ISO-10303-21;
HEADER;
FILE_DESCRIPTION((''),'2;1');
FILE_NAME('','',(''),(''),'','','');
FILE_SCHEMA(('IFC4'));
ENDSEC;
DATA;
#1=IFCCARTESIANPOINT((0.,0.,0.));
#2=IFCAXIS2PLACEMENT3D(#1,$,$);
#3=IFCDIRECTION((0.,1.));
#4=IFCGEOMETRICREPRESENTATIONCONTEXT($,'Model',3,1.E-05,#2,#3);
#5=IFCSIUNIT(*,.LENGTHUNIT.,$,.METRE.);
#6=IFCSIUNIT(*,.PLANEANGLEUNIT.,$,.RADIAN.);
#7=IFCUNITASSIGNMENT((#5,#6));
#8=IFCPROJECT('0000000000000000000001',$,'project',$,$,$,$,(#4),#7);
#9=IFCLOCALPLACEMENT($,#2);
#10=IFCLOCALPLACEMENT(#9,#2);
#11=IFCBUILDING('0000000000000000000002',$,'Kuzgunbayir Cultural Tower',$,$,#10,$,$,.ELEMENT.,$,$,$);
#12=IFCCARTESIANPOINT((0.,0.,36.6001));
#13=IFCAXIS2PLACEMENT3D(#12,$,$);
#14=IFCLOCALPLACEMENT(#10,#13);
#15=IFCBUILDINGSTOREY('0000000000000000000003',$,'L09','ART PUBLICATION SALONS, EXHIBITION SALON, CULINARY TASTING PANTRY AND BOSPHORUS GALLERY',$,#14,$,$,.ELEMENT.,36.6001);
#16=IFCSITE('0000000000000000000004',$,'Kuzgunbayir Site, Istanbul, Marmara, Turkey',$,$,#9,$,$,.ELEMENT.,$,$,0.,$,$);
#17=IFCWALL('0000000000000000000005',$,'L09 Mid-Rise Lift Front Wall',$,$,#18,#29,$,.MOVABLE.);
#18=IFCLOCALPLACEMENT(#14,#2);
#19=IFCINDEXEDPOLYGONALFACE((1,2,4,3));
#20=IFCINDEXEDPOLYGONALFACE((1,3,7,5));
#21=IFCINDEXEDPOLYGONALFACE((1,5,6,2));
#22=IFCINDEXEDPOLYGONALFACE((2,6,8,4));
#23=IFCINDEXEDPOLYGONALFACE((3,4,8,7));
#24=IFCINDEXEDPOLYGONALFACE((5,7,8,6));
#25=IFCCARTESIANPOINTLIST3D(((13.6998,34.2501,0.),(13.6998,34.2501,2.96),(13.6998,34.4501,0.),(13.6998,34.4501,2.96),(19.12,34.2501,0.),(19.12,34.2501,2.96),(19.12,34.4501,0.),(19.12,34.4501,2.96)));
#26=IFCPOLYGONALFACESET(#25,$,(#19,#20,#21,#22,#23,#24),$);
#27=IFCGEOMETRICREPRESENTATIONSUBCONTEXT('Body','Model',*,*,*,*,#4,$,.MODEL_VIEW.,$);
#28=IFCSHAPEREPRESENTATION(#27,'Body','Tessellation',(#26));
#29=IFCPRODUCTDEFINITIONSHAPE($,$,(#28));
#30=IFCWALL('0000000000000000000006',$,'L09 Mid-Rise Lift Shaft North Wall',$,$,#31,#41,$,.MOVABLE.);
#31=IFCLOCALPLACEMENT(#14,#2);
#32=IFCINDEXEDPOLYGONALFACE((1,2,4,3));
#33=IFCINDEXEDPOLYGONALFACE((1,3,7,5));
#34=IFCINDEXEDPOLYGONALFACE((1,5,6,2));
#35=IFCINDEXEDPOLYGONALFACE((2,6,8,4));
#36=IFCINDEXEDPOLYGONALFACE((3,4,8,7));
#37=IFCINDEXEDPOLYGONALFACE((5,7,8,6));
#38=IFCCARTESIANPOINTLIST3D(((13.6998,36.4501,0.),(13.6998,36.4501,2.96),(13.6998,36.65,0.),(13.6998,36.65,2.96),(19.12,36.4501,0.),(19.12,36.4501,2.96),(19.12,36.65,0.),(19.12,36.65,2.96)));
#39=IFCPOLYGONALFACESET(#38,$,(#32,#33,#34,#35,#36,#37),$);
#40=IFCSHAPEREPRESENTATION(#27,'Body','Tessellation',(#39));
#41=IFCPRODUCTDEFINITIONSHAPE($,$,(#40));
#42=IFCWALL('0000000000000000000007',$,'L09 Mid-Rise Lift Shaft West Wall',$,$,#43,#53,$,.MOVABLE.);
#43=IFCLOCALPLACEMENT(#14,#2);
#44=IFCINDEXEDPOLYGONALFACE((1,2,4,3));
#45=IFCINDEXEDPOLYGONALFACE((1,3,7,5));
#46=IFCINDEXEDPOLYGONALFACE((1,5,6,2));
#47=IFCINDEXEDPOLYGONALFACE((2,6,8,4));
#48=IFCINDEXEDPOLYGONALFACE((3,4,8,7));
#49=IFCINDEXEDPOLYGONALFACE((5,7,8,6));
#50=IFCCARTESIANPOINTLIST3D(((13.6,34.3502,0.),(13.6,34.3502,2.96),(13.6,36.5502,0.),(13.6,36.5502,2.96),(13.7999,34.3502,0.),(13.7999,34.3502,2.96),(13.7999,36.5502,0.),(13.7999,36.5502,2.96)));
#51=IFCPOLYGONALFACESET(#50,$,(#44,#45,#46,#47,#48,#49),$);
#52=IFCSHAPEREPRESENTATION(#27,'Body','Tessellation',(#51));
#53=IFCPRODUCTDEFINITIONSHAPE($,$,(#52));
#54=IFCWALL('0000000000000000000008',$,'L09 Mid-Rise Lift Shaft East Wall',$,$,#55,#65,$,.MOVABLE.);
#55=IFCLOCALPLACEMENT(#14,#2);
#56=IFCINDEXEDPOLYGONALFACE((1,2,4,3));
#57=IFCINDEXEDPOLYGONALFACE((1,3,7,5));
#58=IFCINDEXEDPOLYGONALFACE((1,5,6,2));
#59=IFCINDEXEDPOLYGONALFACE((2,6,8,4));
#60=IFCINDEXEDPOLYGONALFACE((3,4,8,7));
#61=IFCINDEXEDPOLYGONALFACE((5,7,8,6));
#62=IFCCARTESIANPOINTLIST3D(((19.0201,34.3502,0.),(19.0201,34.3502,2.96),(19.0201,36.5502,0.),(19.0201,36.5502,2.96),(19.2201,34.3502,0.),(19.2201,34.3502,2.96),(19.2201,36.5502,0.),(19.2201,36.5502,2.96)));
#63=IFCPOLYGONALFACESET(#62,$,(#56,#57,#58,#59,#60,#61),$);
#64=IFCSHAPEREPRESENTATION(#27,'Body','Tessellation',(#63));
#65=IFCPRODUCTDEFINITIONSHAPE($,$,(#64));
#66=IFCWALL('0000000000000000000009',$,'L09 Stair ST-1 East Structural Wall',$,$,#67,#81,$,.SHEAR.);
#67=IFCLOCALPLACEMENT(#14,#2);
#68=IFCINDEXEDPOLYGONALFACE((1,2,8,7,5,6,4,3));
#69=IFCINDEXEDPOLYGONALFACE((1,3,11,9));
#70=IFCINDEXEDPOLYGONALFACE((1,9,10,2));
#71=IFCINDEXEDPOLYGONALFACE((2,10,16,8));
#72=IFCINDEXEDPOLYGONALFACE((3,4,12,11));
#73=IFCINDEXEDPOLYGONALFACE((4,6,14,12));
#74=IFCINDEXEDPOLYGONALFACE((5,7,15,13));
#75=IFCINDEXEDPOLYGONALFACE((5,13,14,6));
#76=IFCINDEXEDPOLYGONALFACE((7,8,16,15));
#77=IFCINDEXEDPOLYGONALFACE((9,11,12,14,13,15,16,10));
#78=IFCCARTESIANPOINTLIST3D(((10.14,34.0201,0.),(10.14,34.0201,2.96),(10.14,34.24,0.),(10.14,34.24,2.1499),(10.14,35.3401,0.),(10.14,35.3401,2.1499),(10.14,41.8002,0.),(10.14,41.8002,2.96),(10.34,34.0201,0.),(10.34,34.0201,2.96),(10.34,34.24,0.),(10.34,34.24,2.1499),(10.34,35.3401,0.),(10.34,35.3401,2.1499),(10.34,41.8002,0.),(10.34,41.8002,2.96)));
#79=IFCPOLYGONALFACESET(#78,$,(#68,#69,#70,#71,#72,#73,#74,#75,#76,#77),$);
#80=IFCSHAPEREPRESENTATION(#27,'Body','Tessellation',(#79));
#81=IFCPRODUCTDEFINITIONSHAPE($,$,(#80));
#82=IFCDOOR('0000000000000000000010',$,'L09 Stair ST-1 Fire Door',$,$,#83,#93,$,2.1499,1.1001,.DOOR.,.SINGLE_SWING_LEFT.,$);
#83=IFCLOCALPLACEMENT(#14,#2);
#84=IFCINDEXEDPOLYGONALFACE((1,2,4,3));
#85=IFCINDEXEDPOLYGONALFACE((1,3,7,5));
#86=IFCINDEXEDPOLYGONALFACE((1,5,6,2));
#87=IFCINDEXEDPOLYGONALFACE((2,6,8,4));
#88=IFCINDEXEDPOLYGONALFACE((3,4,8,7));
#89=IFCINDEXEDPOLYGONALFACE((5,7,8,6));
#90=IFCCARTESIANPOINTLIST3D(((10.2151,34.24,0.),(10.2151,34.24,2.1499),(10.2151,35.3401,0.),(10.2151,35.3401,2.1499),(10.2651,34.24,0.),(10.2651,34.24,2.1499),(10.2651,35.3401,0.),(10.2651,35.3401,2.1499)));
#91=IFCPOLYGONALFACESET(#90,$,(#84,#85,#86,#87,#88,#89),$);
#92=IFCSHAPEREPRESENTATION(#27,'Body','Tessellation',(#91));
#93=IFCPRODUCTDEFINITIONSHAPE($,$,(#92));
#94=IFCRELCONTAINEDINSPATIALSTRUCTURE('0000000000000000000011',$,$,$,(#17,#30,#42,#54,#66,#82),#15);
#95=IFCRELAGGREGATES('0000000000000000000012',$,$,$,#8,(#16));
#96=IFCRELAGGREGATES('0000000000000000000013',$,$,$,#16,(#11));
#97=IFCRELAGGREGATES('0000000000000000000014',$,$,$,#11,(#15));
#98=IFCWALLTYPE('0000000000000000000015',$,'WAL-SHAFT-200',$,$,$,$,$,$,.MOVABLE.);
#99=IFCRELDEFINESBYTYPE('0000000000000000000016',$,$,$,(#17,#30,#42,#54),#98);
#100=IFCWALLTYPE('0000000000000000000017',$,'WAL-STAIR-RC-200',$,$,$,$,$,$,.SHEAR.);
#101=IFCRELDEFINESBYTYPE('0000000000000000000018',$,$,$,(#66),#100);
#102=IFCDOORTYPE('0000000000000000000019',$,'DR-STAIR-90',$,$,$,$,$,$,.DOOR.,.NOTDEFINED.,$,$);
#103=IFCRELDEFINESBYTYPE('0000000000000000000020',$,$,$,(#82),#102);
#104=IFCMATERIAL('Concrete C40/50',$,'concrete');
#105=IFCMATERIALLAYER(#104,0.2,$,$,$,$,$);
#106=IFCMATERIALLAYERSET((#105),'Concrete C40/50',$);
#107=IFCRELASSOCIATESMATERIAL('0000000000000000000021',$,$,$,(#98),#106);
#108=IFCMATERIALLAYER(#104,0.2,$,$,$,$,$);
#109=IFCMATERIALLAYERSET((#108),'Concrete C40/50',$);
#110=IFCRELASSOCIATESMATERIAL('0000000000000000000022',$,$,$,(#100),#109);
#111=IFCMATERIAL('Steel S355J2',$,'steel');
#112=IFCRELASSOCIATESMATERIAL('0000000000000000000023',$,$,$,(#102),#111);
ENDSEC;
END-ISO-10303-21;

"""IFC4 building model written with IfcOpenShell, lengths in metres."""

from ifc_helpers import new_model, si_unit, direction, frame, frame_2d, origin, place, context, subcontext, project, spatial, rectangle, extrude, material, layer, layer_set, type_object, element, fill, save


model = new_model("IFC4")

# Units and contexts
model_context = context("Model", 3, precision=1e-05, world=origin(), true_north=direction((0.0, 1.0)))
body_context = subcontext(model_context, "Body", "Model", "MODEL_VIEW")
ifc_project = project(units=[si_unit("LENGTHUNIT", "METRE"), si_unit("PLANEANGLEUNIT", "RADIAN")], contexts=[model_context])

# Site, building, storey
site_placement = place(None, origin())
site = spatial("IfcSite", under=ifc_project, at=site_placement, Name="Kuzgunbayir Site, Istanbul, Marmara, Turkey", CompositionType="ELEMENT", RefElevation=0.0)
building_placement = place(site_placement, origin())
building = spatial("IfcBuilding", under=site, at=building_placement, Name="Kuzgunbayir Cultural Tower", CompositionType="ELEMENT")
storey_placement = place(building_placement, frame((0.0, 0.0, 36.6001)))
storey = spatial("IfcBuildingStorey", under=building, at=storey_placement, Name="L09", Description="ART PUBLICATION SALONS, EXHIBITION SALON, CULINARY TASTING PANTRY AND BOSPHORUS GALLERY", CompositionType="ELEMENT", Elevation=36.6001)

# Shared definitions
ifc_material_1 = material(Name="Steel S355J2", Category="steel")

# Shared definitions
ifc_material_2 = material(Name="Concrete C40/50", Category="concrete")
ifc_layer_1 = layer(ifc_material_2, 0.2)
ifc_layer_set_1 = layer_set([ifc_layer_1], Name="Concrete C40/50")
wall_type_1 = type_object("IfcWallType", Name="WAL-SHAFT-200", PredefinedType="MOVABLE", material=ifc_layer_set_1)

# Walls
for number, where, z_axis, x_axis, name in (
    (1, (13.7, 34.3501, 0.0), (0.0, 0.0, 1.0), (1.0, 0.0, 0.0), "L09 Mid-Rise Lift Front Wall"),
    (2, (13.7, 36.55, 0.0), (0.0, 0.0, 1.0), (1.0, 0.0, 0.0), "L09 Mid-Rise Lift Shaft North Wall"),
):
    element("IfcWall", number, at=place(storey_placement, frame(where, z_axis=z_axis, x_axis=x_axis)), inside=storey, type_object=wall_type_1, Name=name, PredefinedType="MOVABLE", context=body_context, shape_type="SweptSolid", body=[
        extrude(rectangle(XDim=5.4202, YDim=0.2, at=frame_2d((2.71, 0.0))), origin(), (0.0, 0.0, 1.0), 2.96),
    ])
for number, where, z_axis, x_axis, name in (
    (3, (13.7, 34.3501, 0.0), (0.0, 0.0, 1.0), (0.0, 1.0, 0.0), "L09 Mid-Rise Lift Shaft West Wall"),
    (4, (19.1201, 34.3501, 0.0), (0.0, 0.0, 1.0), (0.0, 1.0, 0.0), "L09 Mid-Rise Lift Shaft East Wall"),
):
    element("IfcWall", number, at=place(storey_placement, frame(where, z_axis=z_axis, x_axis=x_axis)), inside=storey, type_object=wall_type_1, Name=name, PredefinedType="MOVABLE", context=body_context, shape_type="SweptSolid", body=[
        extrude(rectangle(XDim=2.2, YDim=0.2, at=frame_2d((1.1001, 0.0))), origin(), (0.0, 0.0, 1.0), 2.96),
    ])

# Wall, opening, door
ifc_layer_2 = layer(ifc_material_2, 0.2)
ifc_layer_set_2 = layer_set([ifc_layer_2], Name="Concrete C40/50")
wall_type_2 = type_object("IfcWallType", Name="WAL-STAIR-RC-200", PredefinedType="SHEAR", material=ifc_layer_set_2)
wall_1_placement = place(storey_placement, frame((10.24, 34.02, 0.0), z_axis=(0.0, 0.0, 1.0), x_axis=(0.0, 1.0, 0.0)))
wall_1 = element("IfcWall", 5, at=wall_1_placement, inside=storey, type_object=wall_type_2, Name="L09 Stair ST-1 East Structural Wall", PredefinedType="SHEAR", context=body_context, shape_type="SweptSolid", body=[
    extrude(rectangle(XDim=7.78, YDim=0.2, at=frame_2d((3.8901, 0.0))), origin(), (0.0, 0.0, 1.0), 2.96),
])
opening_1_placement = place(wall_1_placement, frame((0.22, 0.0, 0.0)))
opening_1 = element("IfcOpeningElement", 6, at=opening_1_placement, cuts=wall_1, PredefinedType="OPENING", context=body_context, shape_type="SweptSolid", body=[
    extrude(rectangle(XDim=1.1001, YDim=2.1499, at=frame_2d((0.55, 1.075))), frame((0.0, 0.1099, 0.0), z_axis=(0.0, -1.0, 0.0), x_axis=(1.0, 0.0, 0.0)), (0.0, 0.0, 1.0), 0.22),
])
door_type_1 = type_object("IfcDoorType", Name="DR-STAIR-90", OperationType="NOTDEFINED", PredefinedType="DOOR", material=ifc_material_1)
door_1_placement = place(opening_1_placement, origin())
door_1 = element("IfcDoor", 7, at=door_1_placement, inside=storey, type_object=door_type_1, Name="L09 Stair ST-1 Fire Door", OperationType="SINGLE_SWING_LEFT", OverallHeight=2.1499, OverallWidth=1.1001, PredefinedType="DOOR", context=body_context, shape_type="SweptSolid", body=[
    extrude(rectangle(XDim=1.1001, YDim=2.1499, at=frame_2d((0.55, 1.075))), frame((0.0, 0.0249, 0.0), z_axis=(0.0, -1.0, 0.0), x_axis=(1.0, 0.0, 0.0)), (0.0, 0.0, 1.0), 0.05),
])
fill(opening_1, door_1)

save(model, "model.ifc")
